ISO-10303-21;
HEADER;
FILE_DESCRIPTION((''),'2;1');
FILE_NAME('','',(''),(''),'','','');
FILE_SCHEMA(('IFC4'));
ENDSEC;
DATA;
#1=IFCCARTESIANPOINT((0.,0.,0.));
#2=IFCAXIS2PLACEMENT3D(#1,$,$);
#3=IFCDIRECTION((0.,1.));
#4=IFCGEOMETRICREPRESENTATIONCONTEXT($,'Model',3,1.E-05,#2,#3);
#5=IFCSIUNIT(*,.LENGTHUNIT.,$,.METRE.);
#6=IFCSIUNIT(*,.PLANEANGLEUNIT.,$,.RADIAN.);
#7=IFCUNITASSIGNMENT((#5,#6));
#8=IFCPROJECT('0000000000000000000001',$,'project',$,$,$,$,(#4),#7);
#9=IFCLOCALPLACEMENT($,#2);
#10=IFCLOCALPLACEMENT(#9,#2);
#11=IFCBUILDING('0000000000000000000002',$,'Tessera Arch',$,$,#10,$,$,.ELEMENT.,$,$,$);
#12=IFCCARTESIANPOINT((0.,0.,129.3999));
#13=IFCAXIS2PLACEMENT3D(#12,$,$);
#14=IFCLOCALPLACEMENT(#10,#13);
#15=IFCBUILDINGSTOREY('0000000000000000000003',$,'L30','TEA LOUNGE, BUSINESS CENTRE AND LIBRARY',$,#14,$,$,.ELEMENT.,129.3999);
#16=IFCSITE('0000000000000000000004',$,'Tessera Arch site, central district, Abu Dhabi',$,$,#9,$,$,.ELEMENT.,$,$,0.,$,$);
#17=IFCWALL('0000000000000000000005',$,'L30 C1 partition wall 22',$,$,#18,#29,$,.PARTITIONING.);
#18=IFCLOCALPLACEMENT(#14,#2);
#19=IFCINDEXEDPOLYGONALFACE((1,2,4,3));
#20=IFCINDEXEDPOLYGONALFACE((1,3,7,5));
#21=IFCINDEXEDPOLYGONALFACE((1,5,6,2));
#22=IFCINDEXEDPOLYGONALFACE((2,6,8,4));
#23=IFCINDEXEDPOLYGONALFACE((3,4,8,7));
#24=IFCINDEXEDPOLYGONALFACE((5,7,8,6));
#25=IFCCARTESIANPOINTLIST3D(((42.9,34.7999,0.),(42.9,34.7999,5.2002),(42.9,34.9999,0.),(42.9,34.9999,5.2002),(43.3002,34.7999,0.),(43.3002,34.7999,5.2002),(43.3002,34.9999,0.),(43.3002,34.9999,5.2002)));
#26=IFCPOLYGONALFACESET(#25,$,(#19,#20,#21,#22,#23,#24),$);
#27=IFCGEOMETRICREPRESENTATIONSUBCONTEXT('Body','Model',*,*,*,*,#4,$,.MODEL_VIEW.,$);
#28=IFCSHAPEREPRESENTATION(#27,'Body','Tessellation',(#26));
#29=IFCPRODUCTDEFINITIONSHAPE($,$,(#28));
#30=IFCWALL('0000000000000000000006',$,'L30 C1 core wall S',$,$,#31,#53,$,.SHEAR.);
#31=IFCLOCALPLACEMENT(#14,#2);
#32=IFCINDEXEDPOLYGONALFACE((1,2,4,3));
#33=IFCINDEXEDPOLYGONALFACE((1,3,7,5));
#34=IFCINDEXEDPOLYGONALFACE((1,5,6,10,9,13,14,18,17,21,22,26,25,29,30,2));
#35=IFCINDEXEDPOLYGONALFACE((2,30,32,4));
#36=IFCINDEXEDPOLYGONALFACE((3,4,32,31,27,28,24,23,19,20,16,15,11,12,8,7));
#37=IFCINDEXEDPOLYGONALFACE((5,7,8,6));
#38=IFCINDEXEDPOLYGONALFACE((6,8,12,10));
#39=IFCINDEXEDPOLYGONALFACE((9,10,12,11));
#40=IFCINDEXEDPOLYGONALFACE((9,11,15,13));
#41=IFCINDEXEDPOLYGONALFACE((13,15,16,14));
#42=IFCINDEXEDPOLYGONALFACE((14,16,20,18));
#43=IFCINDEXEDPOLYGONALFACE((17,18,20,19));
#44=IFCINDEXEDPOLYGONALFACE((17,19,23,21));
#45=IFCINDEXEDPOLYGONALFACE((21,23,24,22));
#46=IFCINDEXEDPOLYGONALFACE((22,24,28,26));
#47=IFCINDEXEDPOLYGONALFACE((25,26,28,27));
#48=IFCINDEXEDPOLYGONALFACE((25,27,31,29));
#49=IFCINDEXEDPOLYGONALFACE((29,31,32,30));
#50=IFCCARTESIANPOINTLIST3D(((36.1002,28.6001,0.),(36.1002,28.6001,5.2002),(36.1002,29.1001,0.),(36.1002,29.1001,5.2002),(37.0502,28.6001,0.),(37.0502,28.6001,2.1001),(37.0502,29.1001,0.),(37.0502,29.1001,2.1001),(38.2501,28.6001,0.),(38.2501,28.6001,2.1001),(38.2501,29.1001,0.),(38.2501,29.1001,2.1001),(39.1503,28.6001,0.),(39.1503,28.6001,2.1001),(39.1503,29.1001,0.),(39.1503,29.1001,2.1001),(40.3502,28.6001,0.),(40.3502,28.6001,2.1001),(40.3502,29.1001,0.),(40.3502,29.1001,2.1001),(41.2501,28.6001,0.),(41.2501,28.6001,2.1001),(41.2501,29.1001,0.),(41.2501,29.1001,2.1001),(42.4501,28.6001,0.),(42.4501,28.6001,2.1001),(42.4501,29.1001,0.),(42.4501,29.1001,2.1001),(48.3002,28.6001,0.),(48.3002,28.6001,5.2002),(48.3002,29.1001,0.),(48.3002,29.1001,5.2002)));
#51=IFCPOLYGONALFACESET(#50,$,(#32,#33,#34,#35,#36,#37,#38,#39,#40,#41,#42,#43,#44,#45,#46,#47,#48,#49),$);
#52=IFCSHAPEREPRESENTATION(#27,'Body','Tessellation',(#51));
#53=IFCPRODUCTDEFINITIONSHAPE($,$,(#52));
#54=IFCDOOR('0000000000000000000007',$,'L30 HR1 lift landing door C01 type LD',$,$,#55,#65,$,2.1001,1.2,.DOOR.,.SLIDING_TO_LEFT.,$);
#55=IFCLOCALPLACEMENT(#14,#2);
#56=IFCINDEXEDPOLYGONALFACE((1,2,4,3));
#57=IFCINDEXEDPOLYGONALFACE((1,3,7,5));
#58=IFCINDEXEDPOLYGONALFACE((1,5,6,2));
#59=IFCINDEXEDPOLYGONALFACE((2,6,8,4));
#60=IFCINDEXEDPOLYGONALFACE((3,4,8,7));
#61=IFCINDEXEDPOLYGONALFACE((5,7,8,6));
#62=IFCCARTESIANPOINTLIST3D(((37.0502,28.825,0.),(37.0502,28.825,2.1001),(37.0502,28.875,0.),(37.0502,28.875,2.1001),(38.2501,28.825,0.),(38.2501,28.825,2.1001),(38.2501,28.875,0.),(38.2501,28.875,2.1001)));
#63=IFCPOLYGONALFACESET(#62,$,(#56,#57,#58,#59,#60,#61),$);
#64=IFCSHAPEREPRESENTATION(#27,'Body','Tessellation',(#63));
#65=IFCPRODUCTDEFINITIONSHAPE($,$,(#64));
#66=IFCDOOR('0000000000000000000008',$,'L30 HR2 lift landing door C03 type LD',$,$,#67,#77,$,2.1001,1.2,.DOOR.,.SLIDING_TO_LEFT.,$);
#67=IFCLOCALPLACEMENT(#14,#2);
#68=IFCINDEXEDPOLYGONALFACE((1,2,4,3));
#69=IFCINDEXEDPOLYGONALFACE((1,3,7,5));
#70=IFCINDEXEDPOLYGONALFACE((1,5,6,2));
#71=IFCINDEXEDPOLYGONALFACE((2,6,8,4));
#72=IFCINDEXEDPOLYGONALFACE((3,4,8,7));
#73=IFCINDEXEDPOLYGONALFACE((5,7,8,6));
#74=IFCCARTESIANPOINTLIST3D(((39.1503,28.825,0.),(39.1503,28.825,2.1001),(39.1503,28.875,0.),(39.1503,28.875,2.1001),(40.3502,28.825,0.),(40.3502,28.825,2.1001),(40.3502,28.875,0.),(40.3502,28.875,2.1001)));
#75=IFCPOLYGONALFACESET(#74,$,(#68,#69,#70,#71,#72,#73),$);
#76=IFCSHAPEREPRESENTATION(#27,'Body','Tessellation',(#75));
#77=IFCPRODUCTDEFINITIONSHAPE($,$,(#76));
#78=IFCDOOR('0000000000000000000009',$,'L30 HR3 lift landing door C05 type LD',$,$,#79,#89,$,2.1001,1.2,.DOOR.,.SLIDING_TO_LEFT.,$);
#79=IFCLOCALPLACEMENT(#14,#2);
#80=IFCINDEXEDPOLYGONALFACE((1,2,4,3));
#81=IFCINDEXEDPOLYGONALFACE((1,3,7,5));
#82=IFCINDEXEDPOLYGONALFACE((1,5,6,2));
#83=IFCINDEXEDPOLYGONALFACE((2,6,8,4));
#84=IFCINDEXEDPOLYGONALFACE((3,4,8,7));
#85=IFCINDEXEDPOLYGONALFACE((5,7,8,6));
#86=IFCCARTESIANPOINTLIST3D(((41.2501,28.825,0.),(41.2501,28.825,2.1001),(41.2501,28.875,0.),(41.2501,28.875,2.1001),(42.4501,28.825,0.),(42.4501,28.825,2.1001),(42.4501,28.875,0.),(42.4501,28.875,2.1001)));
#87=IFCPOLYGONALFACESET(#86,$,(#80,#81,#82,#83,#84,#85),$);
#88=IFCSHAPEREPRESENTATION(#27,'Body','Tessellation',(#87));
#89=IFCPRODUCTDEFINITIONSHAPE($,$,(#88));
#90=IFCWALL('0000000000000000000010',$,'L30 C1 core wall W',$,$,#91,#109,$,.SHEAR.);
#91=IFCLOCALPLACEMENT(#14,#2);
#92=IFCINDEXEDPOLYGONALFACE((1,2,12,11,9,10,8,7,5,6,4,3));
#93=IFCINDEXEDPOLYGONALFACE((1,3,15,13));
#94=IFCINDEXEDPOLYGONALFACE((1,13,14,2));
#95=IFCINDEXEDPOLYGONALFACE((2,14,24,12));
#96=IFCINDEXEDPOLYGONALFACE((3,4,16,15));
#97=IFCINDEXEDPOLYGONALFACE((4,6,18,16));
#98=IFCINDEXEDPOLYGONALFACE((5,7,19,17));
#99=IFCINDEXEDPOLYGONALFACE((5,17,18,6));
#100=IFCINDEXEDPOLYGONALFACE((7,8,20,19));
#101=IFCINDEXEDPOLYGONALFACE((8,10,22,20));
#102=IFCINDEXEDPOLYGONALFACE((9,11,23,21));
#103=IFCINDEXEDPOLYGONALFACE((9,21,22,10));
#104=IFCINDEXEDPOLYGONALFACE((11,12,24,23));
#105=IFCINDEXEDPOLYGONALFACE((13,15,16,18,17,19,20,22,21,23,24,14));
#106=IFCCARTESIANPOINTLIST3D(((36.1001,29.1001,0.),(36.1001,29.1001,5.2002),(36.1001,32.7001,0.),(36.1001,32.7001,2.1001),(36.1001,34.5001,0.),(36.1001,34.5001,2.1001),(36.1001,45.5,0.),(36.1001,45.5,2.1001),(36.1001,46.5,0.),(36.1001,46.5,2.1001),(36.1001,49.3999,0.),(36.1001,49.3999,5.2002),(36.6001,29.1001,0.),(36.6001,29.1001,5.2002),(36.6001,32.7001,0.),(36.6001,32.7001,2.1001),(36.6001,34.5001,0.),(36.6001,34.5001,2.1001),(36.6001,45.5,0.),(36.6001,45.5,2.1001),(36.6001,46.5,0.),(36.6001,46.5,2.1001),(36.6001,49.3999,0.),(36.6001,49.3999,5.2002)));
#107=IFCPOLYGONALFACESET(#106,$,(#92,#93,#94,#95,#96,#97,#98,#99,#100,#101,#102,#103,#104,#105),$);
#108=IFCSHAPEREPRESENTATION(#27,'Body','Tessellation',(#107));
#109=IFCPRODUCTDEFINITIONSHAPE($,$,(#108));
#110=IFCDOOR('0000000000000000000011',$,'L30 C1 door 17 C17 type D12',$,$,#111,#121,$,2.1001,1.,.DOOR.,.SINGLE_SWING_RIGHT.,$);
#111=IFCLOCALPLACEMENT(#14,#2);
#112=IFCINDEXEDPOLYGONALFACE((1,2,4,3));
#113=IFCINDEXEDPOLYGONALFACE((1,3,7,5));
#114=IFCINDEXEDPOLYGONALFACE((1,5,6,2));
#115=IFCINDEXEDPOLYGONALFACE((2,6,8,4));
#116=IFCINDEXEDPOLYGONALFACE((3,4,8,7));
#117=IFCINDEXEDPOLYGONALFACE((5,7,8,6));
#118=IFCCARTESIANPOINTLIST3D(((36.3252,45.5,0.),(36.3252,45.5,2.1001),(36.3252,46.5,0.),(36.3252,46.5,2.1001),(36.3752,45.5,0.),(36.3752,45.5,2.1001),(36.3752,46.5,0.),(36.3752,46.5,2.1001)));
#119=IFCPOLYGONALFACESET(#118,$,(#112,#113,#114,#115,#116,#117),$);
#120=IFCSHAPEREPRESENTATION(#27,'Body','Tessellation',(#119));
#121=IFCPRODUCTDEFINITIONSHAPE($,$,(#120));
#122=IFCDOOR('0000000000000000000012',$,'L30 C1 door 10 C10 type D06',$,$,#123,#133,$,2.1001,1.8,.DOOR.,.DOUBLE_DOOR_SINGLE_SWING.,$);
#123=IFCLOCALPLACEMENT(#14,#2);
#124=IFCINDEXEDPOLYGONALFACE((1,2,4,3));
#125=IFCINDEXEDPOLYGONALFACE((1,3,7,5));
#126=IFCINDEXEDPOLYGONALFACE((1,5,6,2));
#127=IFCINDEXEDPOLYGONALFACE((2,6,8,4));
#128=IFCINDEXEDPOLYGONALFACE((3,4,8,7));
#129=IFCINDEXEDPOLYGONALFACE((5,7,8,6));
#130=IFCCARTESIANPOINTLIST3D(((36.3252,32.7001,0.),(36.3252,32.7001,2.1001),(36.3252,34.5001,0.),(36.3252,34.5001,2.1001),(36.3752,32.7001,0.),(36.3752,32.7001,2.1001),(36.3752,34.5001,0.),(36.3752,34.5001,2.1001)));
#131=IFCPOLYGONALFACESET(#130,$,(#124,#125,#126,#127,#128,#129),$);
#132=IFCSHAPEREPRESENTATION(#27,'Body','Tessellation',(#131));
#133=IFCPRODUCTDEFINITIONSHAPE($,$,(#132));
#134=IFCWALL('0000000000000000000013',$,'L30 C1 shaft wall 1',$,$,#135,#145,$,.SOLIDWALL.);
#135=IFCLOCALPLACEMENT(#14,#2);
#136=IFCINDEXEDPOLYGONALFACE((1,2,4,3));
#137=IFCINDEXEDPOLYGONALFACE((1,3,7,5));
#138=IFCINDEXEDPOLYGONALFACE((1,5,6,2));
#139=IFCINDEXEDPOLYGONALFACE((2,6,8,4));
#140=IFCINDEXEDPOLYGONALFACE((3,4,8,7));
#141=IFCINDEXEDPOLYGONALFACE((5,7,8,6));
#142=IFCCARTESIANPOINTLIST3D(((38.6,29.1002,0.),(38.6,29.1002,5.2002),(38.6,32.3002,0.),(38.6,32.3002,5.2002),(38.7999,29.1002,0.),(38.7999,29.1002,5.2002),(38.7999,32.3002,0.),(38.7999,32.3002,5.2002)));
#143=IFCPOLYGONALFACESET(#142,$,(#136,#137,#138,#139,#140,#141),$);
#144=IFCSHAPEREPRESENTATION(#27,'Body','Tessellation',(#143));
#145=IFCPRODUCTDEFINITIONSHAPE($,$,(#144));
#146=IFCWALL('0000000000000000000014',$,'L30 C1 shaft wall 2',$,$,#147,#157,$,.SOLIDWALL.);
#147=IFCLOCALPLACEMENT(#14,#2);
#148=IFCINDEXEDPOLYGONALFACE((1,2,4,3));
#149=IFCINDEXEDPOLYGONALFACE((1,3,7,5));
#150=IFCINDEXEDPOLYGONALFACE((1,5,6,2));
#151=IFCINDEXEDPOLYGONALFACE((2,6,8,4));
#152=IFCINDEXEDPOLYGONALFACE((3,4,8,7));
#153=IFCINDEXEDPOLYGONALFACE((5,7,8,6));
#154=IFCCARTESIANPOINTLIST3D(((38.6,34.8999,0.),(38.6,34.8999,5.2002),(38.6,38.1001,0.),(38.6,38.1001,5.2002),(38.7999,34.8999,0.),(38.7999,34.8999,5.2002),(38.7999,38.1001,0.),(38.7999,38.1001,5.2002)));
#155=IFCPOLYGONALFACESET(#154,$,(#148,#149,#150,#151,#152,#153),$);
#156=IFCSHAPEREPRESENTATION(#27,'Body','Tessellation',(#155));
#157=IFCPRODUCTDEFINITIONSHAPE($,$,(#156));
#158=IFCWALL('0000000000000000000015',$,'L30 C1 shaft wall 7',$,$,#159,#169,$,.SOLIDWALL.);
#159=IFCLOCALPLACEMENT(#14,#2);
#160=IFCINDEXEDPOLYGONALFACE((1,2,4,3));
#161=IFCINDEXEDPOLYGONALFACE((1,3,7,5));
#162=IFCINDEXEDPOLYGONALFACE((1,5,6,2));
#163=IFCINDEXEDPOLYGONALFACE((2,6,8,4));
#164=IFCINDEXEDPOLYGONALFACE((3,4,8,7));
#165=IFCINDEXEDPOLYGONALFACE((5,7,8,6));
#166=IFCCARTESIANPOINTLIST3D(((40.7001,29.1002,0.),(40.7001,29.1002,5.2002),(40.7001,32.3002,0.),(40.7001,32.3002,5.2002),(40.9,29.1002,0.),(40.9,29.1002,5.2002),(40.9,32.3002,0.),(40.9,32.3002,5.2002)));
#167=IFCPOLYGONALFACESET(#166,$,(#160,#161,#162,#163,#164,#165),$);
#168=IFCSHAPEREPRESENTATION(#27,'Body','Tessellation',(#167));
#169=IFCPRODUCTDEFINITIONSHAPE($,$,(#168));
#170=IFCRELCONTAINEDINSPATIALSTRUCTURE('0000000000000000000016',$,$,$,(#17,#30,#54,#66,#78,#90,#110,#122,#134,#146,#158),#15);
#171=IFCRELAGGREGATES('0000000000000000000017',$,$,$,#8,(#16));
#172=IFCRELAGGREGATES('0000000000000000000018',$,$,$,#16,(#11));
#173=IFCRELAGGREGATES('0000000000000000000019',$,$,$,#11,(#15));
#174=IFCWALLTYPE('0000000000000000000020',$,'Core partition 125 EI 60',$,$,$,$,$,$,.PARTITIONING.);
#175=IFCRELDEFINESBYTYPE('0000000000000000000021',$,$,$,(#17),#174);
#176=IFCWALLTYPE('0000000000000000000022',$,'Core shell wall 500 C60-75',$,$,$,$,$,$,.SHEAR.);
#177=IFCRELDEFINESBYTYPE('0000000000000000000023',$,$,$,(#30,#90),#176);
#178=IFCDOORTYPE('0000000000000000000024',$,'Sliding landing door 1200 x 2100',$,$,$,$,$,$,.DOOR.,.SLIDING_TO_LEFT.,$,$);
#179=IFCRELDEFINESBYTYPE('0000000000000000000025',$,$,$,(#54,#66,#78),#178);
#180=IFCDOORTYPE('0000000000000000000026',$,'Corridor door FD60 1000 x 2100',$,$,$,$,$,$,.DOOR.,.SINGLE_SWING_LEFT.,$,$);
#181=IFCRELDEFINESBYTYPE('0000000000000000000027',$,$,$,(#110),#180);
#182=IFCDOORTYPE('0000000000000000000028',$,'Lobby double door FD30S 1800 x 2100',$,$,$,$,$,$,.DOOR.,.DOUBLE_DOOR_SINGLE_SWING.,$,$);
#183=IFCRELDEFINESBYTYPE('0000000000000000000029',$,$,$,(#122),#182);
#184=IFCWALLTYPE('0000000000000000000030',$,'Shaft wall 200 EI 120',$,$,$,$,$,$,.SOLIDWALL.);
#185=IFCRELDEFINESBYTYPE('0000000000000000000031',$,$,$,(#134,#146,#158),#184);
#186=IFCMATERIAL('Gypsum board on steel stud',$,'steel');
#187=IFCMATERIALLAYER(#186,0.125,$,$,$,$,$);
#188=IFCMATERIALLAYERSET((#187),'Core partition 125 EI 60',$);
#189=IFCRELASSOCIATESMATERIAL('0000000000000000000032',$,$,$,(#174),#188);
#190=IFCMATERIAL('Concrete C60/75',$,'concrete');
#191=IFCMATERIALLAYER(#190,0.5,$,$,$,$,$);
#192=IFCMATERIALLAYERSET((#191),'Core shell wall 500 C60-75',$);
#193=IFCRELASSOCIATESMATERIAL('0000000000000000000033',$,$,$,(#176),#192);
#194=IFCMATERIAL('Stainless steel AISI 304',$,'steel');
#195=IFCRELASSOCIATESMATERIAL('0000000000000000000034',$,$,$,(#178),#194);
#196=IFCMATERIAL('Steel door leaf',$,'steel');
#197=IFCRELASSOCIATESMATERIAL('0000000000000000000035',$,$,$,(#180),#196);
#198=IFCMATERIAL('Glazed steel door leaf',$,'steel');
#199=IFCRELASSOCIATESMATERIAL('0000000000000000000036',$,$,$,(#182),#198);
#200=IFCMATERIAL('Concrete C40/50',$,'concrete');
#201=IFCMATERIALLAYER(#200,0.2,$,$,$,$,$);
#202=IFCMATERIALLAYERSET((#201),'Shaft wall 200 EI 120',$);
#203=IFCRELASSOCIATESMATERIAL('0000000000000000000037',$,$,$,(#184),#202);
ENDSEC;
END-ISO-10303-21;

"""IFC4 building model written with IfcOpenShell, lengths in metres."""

from ifc_helpers import new_model, si_unit, direction, frame, frame_2d, origin, place, context, subcontext, project, spatial, rectangle, extrude, material, layer, layer_set, type_object, element, fill, save


model = new_model("IFC4")

# Units and contexts
model_context = context("Model", 3, precision=1e-05, world=origin(), true_north=direction((0.0, 1.0)))
body_context = subcontext(model_context, "Body", "Model", "MODEL_VIEW")
ifc_project = project(units=[si_unit("LENGTHUNIT", "METRE"), si_unit("PLANEANGLEUNIT", "RADIAN")], contexts=[model_context])

# Site, building, storey
site_placement = place(None, origin())
site = spatial("IfcSite", under=ifc_project, at=site_placement, Name="Tessera Arch site, central district, Abu Dhabi", CompositionType="ELEMENT", RefElevation=0.0)
building_placement = place(site_placement, origin())
building = spatial("IfcBuilding", under=site, at=building_placement, Name="Tessera Arch", CompositionType="ELEMENT")
storey_placement = place(building_placement, frame((0.0, 0.0, 129.3999)))
storey = spatial("IfcBuildingStorey", under=building, at=storey_placement, Name="L30", Description="TEA LOUNGE, BUSINESS CENTRE AND LIBRARY", CompositionType="ELEMENT", Elevation=129.3999)

# Wall
ifc_material_1 = material(Name="Gypsum board on steel stud", Category="steel")
ifc_layer_1 = layer(ifc_material_1, 0.125)
ifc_layer_set_1 = layer_set([ifc_layer_1], Name="Core partition 125 EI 60")
wall_type_1 = type_object("IfcWallType", Name="Core partition 125 EI 60", PredefinedType="PARTITIONING", material=ifc_layer_set_1)
wall_1_placement = place(storey_placement, frame((42.8999, 34.8999, 0.0), z_axis=(0.0, 0.0, 1.0), x_axis=(1.0, 0.0, 0.0)))
element("IfcWall", 1, at=wall_1_placement, inside=storey, type_object=wall_type_1, Name="L30 C1 partition wall 22", PredefinedType="PARTITIONING", context=body_context, shape_type="SweptSolid", body=[
    extrude(rectangle(XDim=0.4001, YDim=0.2, at=frame_2d((0.2002, 0.0))), origin(), (0.0, 0.0, 1.0), 5.2002),
])

# Walls, openings, doors
ifc_material_2 = material(Name="Concrete C60/75", Category="concrete")
ifc_layer_2 = layer(ifc_material_2, 0.5)
ifc_layer_set_2 = layer_set([ifc_layer_2], Name="Core shell wall 500 C60-75")
wall_type_2 = type_object("IfcWallType", Name="Core shell wall 500 C60-75", PredefinedType="SHEAR", material=ifc_layer_set_2)
wall_2_placement = place(storey_placement, frame((36.1001, 28.8501, 0.0), z_axis=(0.0, 0.0, 1.0), x_axis=(1.0, 0.0, 0.0)))
wall_2 = element("IfcWall", 2, at=wall_2_placement, inside=storey, type_object=wall_type_2, Name="L30 C1 core wall S", PredefinedType="SHEAR", context=body_context, shape_type="SweptSolid", body=[
    extrude(rectangle(XDim=12.2, YDim=0.5, at=frame_2d((6.1001, 0.0))), origin(), (0.0, 0.0, 1.0), 5.2002),
])
opening_1_placement = place(wall_2_placement, frame((0.95, 0.0, 0.0)))
opening_1 = element("IfcOpeningElement", 3, at=opening_1_placement, cuts=wall_2, PredefinedType="OPENING", context=body_context, shape_type="SweptSolid", body=[
    extrude(rectangle(XDim=1.2, YDim=2.1001, at=frame_2d((0.6001, 1.05))), frame((0.0, 0.26, 0.0), z_axis=(0.0, -1.0, 0.0), x_axis=(1.0, 0.0, 0.0)), (0.0, 0.0, 1.0), 0.52),
])
opening_2_placement = place(wall_2_placement, frame((3.05, 0.0, 0.0)))
opening_2 = element("IfcOpeningElement", 4, at=opening_2_placement, cuts=wall_2, PredefinedType="OPENING", context=body_context, shape_type="SweptSolid", body=[
    extrude(rectangle(XDim=1.2, YDim=2.1001, at=frame_2d((0.6001, 1.05))), frame((0.0, 0.26, 0.0), z_axis=(0.0, -1.0, 0.0), x_axis=(1.0, 0.0, 0.0)), (0.0, 0.0, 1.0), 0.52),
])
opening_3_placement = place(wall_2_placement, frame((5.1499, 0.0, 0.0)))
opening_3 = element("IfcOpeningElement", 5, at=opening_3_placement, cuts=wall_2, PredefinedType="OPENING", context=body_context, shape_type="SweptSolid", body=[
    extrude(rectangle(XDim=1.2, YDim=2.1001, at=frame_2d((0.6001, 1.05))), frame((0.0, 0.26, 0.0), z_axis=(0.0, -1.0, 0.0), x_axis=(1.0, 0.0, 0.0)), (0.0, 0.0, 1.0), 0.52),
])
ifc_material_3 = material(Name="Stainless steel AISI 304", Category="steel")
door_type_1 = type_object("IfcDoorType", Name="Sliding landing door 1200 x 2100", OperationType="SLIDING_TO_LEFT", PredefinedType="DOOR", material=ifc_material_3)
door_1_placement = place(opening_1_placement, origin())
door_1 = element("IfcDoor", 6, at=door_1_placement, inside=storey, type_object=door_type_1, Name="L30 HR1 lift landing door C01 type LD", OperationType="SLIDING_TO_LEFT", OverallHeight=2.1001, OverallWidth=1.2, PredefinedType="DOOR", context=body_context, shape_type="SweptSolid", body=[
    extrude(rectangle(XDim=1.2, YDim=2.1001, at=frame_2d((0.6001, 1.05))), frame((0.0, 0.0249, 0.0), z_axis=(0.0, -1.0, 0.0), x_axis=(1.0, 0.0, 0.0)), (0.0, 0.0, 1.0), 0.05),
])
fill(opening_1, door_1)
door_2_placement = place(opening_2_placement, origin())
door_2 = element("IfcDoor", 7, at=door_2_placement, inside=storey, type_object=door_type_1, Name="L30 HR2 lift landing door C03 type LD", OperationType="SLIDING_TO_LEFT", OverallHeight=2.1001, OverallWidth=1.2, PredefinedType="DOOR", context=body_context, shape_type="SweptSolid", body=[
    extrude(rectangle(XDim=1.2, YDim=2.1001, at=frame_2d((0.6001, 1.05))), frame((0.0, 0.0249, 0.0), z_axis=(0.0, -1.0, 0.0), x_axis=(1.0, 0.0, 0.0)), (0.0, 0.0, 1.0), 0.05),
])
fill(opening_2, door_2)
door_3_placement = place(opening_3_placement, origin())
door_3 = element("IfcDoor", 8, at=door_3_placement, inside=storey, type_object=door_type_1, Name="L30 HR3 lift landing door C05 type LD", OperationType="SLIDING_TO_LEFT", OverallHeight=2.1001, OverallWidth=1.2, PredefinedType="DOOR", context=body_context, shape_type="SweptSolid", body=[
    extrude(rectangle(XDim=1.2, YDim=2.1001, at=frame_2d((0.6001, 1.05))), frame((0.0, 0.0249, 0.0), z_axis=(0.0, -1.0, 0.0), x_axis=(1.0, 0.0, 0.0)), (0.0, 0.0, 1.0), 0.05),
])
fill(opening_3, door_3)
wall_3_placement = place(storey_placement, frame((36.3501, 29.1001, 0.0), z_axis=(0.0, 0.0, 1.0), x_axis=(0.0, 1.0, 0.0)))
wall_3 = element("IfcWall", 9, at=wall_3_placement, inside=storey, type_object=wall_type_2, Name="L30 C1 core wall W", PredefinedType="SHEAR", context=body_context, shape_type="SweptSolid", body=[
    extrude(rectangle(XDim=20.2998, YDim=0.5, at=frame_2d((10.1499, 0.0))), origin(), (0.0, 0.0, 1.0), 5.2002),
])
opening_4_placement = place(wall_3_placement, frame((3.6001, 0.0, 0.0)))
opening_4 = element("IfcOpeningElement", 10, at=opening_4_placement, cuts=wall_3, PredefinedType="OPENING", context=body_context, shape_type="SweptSolid", body=[
    extrude(rectangle(XDim=1.8, YDim=2.1001, at=frame_2d((0.8999, 1.05))), frame((0.0, 0.26, 0.0), z_axis=(0.0, -1.0, 0.0), x_axis=(1.0, 0.0, 0.0)), (0.0, 0.0, 1.0), 0.52),
])
opening_5_placement = place(wall_3_placement, frame((16.3999, 0.0, 0.0)))
opening_5 = element("IfcOpeningElement", 11, at=opening_5_placement, cuts=wall_3, PredefinedType="OPENING", context=body_context, shape_type="SweptSolid", body=[
    extrude(rectangle(XDim=1.0, YDim=2.1001, at=frame_2d((0.5, 1.05))), frame((0.0, 0.26, 0.0), z_axis=(0.0, -1.0, 0.0), x_axis=(1.0, 0.0, 0.0)), (0.0, 0.0, 1.0), 0.52),
])
ifc_material_4 = material(Name="Steel door leaf", Category="steel")
door_type_2 = type_object("IfcDoorType", Name="Corridor door FD60 1000 x 2100", OperationType="SINGLE_SWING_LEFT", PredefinedType="DOOR", material=ifc_material_4)
door_4_placement = place(opening_5_placement, origin())
door_4 = element("IfcDoor", 12, at=door_4_placement, inside=storey, type_object=door_type_2, Name="L30 C1 door 17 C17 type D12", OperationType="SINGLE_SWING_RIGHT", OverallHeight=2.1001, OverallWidth=1.0, PredefinedType="DOOR", context=body_context, shape_type="SweptSolid", body=[
    extrude(rectangle(XDim=1.0, YDim=2.1001, at=frame_2d((0.5, 1.05))), frame((0.0, 0.0249, 0.0), z_axis=(0.0, -1.0, 0.0), x_axis=(1.0, 0.0, 0.0)), (0.0, 0.0, 1.0), 0.05),
])
fill(opening_5, door_4)
ifc_material_5 = material(Name="Glazed steel door leaf", Category="steel")
door_type_3 = type_object("IfcDoorType", Name="Lobby double door FD30S 1800 x 2100", OperationType="DOUBLE_DOOR_SINGLE_SWING", PredefinedType="DOOR", material=ifc_material_5)
door_5_placement = place(opening_4_placement, origin())
door_5 = element("IfcDoor", 13, at=door_5_placement, inside=storey, type_object=door_type_3, Name="L30 C1 door 10 C10 type D06", OperationType="DOUBLE_DOOR_SINGLE_SWING", OverallHeight=2.1001, OverallWidth=1.8, PredefinedType="DOOR", context=body_context, shape_type="SweptSolid", body=[
    extrude(rectangle(XDim=1.8, YDim=2.1001, at=frame_2d((0.8999, 1.05))), frame((0.0, 0.0249, 0.0), z_axis=(0.0, -1.0, 0.0), x_axis=(1.0, 0.0, 0.0)), (0.0, 0.0, 1.0), 0.05),
])
fill(opening_4, door_5)

# Walls
ifc_material_6 = material(Name="Concrete C40/50", Category="concrete")
ifc_layer_3 = layer(ifc_material_6, 0.2)
ifc_layer_set_3 = layer_set([ifc_layer_3], Name="Shaft wall 200 EI 120")
wall_type_3 = type_object("IfcWallType", Name="Shaft wall 200 EI 120", PredefinedType="SOLIDWALL", material=ifc_layer_set_3)
wall_4_placement = place(storey_placement, frame((38.7, 29.1001, 0.0), z_axis=(0.0, 0.0, 1.0), x_axis=(0.0, 1.0, 0.0)))
element("IfcWall", 14, at=wall_4_placement, inside=storey, type_object=wall_type_3, Name="L30 C1 shaft wall 1", PredefinedType="SOLIDWALL", context=body_context, shape_type="SweptSolid", body=[
    extrude(rectangle(XDim=3.2, YDim=0.2, at=frame_2d((1.6001, 0.0))), origin(), (0.0, 0.0, 1.0), 5.2002),
])
wall_5_placement = place(storey_placement, frame((38.7, 34.8999, 0.0), z_axis=(0.0, 0.0, 1.0), x_axis=(0.0, 1.0, 0.0)))
element("IfcWall", 15, at=wall_5_placement, inside=storey, type_object=wall_type_3, Name="L30 C1 shaft wall 2", PredefinedType="SOLIDWALL", context=body_context, shape_type="SweptSolid", body=[
    extrude(rectangle(XDim=3.2002, YDim=0.2, at=frame_2d((1.6001, 0.0))), origin(), (0.0, 0.0, 1.0), 5.2002),
])
wall_6_placement = place(storey_placement, frame((40.8, 29.1001, 0.0), z_axis=(0.0, 0.0, 1.0), x_axis=(0.0, 1.0, 0.0)))
element("IfcWall", 16, at=wall_6_placement, inside=storey, type_object=wall_type_3, Name="L30 C1 shaft wall 7", PredefinedType="SOLIDWALL", context=body_context, shape_type="SweptSolid", body=[
    extrude(rectangle(XDim=3.2, YDim=0.2, at=frame_2d((1.6001, 0.0))), origin(), (0.0, 0.0, 1.0), 5.2002),
])

save(model, "model.ifc")
